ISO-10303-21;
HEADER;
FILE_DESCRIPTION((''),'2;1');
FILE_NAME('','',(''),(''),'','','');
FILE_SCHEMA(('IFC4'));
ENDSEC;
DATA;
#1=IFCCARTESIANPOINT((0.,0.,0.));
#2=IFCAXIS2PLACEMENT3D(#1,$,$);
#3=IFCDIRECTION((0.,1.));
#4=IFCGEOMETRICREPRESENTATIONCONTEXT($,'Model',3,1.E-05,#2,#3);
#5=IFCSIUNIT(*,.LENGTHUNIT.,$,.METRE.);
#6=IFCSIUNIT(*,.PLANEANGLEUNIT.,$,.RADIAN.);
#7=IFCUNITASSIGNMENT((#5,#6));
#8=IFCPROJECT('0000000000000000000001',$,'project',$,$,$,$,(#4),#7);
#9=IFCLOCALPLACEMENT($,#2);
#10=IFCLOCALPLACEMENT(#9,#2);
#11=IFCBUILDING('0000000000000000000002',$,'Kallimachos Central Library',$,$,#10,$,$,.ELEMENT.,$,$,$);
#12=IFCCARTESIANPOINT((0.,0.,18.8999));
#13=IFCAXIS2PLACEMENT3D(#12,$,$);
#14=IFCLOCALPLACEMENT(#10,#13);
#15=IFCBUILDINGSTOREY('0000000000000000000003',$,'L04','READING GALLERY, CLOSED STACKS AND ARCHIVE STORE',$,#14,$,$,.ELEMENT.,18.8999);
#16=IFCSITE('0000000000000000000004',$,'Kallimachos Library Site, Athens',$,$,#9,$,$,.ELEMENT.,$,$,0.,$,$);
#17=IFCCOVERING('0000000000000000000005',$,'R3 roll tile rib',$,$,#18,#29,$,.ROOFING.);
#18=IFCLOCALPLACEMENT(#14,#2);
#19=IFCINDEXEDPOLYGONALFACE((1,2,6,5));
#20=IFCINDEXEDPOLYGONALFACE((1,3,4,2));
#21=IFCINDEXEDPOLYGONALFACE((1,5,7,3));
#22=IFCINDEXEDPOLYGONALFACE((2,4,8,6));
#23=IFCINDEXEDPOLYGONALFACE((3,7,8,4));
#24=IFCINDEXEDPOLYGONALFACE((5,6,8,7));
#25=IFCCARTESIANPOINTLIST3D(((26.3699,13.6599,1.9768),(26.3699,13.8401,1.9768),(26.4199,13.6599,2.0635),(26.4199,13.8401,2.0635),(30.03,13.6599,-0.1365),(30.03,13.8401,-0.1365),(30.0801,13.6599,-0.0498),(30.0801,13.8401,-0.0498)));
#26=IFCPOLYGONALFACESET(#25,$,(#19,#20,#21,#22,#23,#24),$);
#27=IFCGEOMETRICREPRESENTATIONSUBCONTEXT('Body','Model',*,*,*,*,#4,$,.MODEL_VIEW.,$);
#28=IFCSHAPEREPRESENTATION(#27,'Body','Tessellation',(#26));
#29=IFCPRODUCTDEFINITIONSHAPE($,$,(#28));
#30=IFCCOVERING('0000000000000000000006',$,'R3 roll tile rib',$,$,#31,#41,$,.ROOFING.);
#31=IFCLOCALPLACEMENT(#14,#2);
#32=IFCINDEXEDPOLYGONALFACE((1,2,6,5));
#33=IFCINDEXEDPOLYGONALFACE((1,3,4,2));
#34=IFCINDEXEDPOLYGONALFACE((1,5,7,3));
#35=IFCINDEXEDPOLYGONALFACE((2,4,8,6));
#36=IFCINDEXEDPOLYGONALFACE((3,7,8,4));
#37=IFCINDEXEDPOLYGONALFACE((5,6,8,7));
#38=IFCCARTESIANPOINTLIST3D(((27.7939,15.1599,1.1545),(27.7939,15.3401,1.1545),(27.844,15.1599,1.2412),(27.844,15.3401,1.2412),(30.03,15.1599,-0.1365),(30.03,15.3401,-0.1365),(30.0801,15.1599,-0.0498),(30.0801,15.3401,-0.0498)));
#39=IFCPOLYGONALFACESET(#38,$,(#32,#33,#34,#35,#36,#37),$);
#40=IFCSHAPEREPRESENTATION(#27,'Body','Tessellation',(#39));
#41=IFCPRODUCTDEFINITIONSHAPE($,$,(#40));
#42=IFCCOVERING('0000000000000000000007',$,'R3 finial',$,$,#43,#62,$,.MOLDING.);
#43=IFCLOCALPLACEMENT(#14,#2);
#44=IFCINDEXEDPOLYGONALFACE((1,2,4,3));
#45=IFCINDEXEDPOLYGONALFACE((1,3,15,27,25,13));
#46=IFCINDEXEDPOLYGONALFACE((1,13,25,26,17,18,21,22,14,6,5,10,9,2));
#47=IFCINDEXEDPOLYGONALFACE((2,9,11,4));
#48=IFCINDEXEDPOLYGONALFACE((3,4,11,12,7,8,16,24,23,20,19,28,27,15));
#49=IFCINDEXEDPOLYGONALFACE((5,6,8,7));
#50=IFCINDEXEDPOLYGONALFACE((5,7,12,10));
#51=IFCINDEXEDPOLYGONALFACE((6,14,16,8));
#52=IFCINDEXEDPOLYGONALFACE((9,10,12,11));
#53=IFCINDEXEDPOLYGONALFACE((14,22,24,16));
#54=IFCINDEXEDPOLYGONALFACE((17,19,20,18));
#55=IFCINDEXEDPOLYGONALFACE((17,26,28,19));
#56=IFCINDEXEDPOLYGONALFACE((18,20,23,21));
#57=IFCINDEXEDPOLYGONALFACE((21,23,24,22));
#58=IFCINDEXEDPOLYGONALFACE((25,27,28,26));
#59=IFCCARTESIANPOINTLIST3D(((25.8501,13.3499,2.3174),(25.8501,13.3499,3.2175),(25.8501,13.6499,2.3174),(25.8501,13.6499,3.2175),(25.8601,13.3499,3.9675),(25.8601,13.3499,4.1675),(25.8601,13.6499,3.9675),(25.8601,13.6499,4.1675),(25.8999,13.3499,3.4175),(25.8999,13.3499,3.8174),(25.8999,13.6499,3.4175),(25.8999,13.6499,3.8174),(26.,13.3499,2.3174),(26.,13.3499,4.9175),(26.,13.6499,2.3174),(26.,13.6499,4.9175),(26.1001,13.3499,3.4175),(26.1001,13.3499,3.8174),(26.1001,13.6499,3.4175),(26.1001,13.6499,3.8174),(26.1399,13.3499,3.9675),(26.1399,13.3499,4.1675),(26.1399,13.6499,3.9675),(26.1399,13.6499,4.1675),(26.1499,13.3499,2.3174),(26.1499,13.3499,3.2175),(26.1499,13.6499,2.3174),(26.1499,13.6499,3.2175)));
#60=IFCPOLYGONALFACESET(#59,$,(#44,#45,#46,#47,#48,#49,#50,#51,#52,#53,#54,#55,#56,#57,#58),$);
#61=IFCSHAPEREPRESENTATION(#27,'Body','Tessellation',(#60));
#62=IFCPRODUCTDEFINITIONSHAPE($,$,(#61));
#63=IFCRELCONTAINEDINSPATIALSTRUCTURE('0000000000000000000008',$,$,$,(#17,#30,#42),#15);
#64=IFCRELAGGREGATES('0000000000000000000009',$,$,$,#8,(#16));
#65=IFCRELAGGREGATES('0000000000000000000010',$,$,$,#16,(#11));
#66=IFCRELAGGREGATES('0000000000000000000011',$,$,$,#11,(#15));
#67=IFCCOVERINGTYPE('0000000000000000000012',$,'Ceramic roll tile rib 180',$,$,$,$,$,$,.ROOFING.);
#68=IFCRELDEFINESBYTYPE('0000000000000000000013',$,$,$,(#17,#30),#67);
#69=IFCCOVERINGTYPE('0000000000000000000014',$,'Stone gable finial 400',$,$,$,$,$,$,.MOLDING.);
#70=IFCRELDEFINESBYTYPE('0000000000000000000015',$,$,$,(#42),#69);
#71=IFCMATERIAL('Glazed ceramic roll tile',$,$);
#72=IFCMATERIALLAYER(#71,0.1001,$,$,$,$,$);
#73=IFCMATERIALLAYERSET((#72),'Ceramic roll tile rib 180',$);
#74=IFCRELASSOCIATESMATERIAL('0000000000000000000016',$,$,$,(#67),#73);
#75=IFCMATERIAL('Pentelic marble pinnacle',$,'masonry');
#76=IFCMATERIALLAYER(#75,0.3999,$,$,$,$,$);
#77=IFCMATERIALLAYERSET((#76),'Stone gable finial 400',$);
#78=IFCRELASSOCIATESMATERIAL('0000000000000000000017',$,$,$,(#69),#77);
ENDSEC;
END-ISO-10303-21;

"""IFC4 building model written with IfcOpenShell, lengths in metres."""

from ifc_helpers import new_model, si_unit, direction, frame, origin, place, context, subcontext, project, spatial, polyline, outline, extrude, material, layer, layer_set, type_object, element, save


model = new_model("IFC4")

# Units and contexts
model_context = context("Model", 3, precision=1e-05, world=origin(), true_north=direction((0.0, 1.0)))
body_context = subcontext(model_context, "Body", "Model", "MODEL_VIEW")
ifc_project = project(units=[si_unit("LENGTHUNIT", "METRE"), si_unit("PLANEANGLEUNIT", "RADIAN")], contexts=[model_context])

# Site, building, storey
site_placement = place(None, origin())
site = spatial("IfcSite", under=ifc_project, at=site_placement, Name="Kallimachos Library Site, Athens", CompositionType="ELEMENT", RefElevation=0.0)
building_placement = place(site_placement, origin())
building = spatial("IfcBuilding", under=site, at=building_placement, Name="Kallimachos Central Library", CompositionType="ELEMENT")
storey_placement = place(building_placement, frame((0.0, 0.0, 18.8999)))
storey = spatial("IfcBuildingStorey", under=building, at=storey_placement, Name="L04", Description="READING GALLERY, CLOSED STACKS AND ARCHIVE STORE", CompositionType="ELEMENT", Elevation=18.8999)

# Coverings
ifc_material_1 = material(Name="Glazed ceramic roll tile")
ifc_layer_1 = layer(ifc_material_1, 0.1001)
ifc_layer_set_1 = layer_set([ifc_layer_1], Name="Ceramic roll tile rib 180")
covering_type_1 = type_object("IfcCoveringType", Name="Ceramic roll tile rib 180", PredefinedType="ROOFING", material=ifc_layer_set_1)
covering_1_placement = place(storey_placement, frame((26.4199, 13.6599, 2.0635), z_axis=(0.500016, 0.0, 0.866016), x_axis=(0.866016, 0.0, -0.500016)))
element("IfcCovering", 1, at=covering_1_placement, inside=storey, type_object=covering_type_1, Name="R3 roll tile rib", PredefinedType="ROOFING", context=body_context, shape_type="SweptSolid", body=[
    extrude(outline(polyline([(0.0, 0.0), (4.2264, 0.0), (4.2264, 0.1802), (0.0, 0.1802), (0.0, 0.0)])), origin(), (0.0, 0.0, -1.0), 0.1001),
])
covering_2_placement = place(storey_placement, frame((27.844, 15.1599, 1.2412), z_axis=(0.500003, 0.0, 0.866023), x_axis=(0.866023, 0.0, -0.500003)))
element("IfcCovering", 2, at=covering_2_placement, inside=storey, type_object=covering_type_1, Name="R3 roll tile rib", PredefinedType="ROOFING", context=body_context, shape_type="SweptSolid", body=[
    extrude(outline(polyline([(0.0, 0.0), (2.582, 0.0), (2.582, 0.1802), (0.0, 0.1802), (0.0, 0.0)])), origin(), (0.0, 0.0, -1.0), 0.1001),
])
ifc_material_2 = material(Name="Pentelic marble pinnacle", Category="masonry")
ifc_layer_2 = layer(ifc_material_2, 0.3999)
ifc_layer_set_2 = layer_set([ifc_layer_2], Name="Stone gable finial 400")
covering_type_2 = type_object("IfcCoveringType", Name="Stone gable finial 400", PredefinedType="MOLDING", material=ifc_layer_set_2)
covering_3_placement = place(storey_placement, frame((25.8501, 13.6499, 2.3174), z_axis=(0.0, 1.0, 0.0), x_axis=(0.0, 0.0, 1.0)))
element("IfcCovering", 3, at=covering_3_placement, inside=storey, type_object=covering_type_2, Name="R3 finial", PredefinedType="MOLDING", context=body_context, shape_type="SweptSolid", body=[
    extrude(outline(polyline([(0.0, 0.0), (0.9001, 0.0), (1.1001, 0.0498), (1.5, 0.0498), (1.6501, 0.01), (1.8501, 0.01), (2.6001, 0.1499), (1.8501, 0.2898), (1.6501, 0.2898), (1.5, 0.25), (1.1001, 0.25), (0.9001, 0.2998), (0.0, 0.2998), (0.0, 0.1499), (0.0, 0.0)])), origin(), (0.0, 0.0, -1.0), 0.3),
])

save(model, "model.ifc")
